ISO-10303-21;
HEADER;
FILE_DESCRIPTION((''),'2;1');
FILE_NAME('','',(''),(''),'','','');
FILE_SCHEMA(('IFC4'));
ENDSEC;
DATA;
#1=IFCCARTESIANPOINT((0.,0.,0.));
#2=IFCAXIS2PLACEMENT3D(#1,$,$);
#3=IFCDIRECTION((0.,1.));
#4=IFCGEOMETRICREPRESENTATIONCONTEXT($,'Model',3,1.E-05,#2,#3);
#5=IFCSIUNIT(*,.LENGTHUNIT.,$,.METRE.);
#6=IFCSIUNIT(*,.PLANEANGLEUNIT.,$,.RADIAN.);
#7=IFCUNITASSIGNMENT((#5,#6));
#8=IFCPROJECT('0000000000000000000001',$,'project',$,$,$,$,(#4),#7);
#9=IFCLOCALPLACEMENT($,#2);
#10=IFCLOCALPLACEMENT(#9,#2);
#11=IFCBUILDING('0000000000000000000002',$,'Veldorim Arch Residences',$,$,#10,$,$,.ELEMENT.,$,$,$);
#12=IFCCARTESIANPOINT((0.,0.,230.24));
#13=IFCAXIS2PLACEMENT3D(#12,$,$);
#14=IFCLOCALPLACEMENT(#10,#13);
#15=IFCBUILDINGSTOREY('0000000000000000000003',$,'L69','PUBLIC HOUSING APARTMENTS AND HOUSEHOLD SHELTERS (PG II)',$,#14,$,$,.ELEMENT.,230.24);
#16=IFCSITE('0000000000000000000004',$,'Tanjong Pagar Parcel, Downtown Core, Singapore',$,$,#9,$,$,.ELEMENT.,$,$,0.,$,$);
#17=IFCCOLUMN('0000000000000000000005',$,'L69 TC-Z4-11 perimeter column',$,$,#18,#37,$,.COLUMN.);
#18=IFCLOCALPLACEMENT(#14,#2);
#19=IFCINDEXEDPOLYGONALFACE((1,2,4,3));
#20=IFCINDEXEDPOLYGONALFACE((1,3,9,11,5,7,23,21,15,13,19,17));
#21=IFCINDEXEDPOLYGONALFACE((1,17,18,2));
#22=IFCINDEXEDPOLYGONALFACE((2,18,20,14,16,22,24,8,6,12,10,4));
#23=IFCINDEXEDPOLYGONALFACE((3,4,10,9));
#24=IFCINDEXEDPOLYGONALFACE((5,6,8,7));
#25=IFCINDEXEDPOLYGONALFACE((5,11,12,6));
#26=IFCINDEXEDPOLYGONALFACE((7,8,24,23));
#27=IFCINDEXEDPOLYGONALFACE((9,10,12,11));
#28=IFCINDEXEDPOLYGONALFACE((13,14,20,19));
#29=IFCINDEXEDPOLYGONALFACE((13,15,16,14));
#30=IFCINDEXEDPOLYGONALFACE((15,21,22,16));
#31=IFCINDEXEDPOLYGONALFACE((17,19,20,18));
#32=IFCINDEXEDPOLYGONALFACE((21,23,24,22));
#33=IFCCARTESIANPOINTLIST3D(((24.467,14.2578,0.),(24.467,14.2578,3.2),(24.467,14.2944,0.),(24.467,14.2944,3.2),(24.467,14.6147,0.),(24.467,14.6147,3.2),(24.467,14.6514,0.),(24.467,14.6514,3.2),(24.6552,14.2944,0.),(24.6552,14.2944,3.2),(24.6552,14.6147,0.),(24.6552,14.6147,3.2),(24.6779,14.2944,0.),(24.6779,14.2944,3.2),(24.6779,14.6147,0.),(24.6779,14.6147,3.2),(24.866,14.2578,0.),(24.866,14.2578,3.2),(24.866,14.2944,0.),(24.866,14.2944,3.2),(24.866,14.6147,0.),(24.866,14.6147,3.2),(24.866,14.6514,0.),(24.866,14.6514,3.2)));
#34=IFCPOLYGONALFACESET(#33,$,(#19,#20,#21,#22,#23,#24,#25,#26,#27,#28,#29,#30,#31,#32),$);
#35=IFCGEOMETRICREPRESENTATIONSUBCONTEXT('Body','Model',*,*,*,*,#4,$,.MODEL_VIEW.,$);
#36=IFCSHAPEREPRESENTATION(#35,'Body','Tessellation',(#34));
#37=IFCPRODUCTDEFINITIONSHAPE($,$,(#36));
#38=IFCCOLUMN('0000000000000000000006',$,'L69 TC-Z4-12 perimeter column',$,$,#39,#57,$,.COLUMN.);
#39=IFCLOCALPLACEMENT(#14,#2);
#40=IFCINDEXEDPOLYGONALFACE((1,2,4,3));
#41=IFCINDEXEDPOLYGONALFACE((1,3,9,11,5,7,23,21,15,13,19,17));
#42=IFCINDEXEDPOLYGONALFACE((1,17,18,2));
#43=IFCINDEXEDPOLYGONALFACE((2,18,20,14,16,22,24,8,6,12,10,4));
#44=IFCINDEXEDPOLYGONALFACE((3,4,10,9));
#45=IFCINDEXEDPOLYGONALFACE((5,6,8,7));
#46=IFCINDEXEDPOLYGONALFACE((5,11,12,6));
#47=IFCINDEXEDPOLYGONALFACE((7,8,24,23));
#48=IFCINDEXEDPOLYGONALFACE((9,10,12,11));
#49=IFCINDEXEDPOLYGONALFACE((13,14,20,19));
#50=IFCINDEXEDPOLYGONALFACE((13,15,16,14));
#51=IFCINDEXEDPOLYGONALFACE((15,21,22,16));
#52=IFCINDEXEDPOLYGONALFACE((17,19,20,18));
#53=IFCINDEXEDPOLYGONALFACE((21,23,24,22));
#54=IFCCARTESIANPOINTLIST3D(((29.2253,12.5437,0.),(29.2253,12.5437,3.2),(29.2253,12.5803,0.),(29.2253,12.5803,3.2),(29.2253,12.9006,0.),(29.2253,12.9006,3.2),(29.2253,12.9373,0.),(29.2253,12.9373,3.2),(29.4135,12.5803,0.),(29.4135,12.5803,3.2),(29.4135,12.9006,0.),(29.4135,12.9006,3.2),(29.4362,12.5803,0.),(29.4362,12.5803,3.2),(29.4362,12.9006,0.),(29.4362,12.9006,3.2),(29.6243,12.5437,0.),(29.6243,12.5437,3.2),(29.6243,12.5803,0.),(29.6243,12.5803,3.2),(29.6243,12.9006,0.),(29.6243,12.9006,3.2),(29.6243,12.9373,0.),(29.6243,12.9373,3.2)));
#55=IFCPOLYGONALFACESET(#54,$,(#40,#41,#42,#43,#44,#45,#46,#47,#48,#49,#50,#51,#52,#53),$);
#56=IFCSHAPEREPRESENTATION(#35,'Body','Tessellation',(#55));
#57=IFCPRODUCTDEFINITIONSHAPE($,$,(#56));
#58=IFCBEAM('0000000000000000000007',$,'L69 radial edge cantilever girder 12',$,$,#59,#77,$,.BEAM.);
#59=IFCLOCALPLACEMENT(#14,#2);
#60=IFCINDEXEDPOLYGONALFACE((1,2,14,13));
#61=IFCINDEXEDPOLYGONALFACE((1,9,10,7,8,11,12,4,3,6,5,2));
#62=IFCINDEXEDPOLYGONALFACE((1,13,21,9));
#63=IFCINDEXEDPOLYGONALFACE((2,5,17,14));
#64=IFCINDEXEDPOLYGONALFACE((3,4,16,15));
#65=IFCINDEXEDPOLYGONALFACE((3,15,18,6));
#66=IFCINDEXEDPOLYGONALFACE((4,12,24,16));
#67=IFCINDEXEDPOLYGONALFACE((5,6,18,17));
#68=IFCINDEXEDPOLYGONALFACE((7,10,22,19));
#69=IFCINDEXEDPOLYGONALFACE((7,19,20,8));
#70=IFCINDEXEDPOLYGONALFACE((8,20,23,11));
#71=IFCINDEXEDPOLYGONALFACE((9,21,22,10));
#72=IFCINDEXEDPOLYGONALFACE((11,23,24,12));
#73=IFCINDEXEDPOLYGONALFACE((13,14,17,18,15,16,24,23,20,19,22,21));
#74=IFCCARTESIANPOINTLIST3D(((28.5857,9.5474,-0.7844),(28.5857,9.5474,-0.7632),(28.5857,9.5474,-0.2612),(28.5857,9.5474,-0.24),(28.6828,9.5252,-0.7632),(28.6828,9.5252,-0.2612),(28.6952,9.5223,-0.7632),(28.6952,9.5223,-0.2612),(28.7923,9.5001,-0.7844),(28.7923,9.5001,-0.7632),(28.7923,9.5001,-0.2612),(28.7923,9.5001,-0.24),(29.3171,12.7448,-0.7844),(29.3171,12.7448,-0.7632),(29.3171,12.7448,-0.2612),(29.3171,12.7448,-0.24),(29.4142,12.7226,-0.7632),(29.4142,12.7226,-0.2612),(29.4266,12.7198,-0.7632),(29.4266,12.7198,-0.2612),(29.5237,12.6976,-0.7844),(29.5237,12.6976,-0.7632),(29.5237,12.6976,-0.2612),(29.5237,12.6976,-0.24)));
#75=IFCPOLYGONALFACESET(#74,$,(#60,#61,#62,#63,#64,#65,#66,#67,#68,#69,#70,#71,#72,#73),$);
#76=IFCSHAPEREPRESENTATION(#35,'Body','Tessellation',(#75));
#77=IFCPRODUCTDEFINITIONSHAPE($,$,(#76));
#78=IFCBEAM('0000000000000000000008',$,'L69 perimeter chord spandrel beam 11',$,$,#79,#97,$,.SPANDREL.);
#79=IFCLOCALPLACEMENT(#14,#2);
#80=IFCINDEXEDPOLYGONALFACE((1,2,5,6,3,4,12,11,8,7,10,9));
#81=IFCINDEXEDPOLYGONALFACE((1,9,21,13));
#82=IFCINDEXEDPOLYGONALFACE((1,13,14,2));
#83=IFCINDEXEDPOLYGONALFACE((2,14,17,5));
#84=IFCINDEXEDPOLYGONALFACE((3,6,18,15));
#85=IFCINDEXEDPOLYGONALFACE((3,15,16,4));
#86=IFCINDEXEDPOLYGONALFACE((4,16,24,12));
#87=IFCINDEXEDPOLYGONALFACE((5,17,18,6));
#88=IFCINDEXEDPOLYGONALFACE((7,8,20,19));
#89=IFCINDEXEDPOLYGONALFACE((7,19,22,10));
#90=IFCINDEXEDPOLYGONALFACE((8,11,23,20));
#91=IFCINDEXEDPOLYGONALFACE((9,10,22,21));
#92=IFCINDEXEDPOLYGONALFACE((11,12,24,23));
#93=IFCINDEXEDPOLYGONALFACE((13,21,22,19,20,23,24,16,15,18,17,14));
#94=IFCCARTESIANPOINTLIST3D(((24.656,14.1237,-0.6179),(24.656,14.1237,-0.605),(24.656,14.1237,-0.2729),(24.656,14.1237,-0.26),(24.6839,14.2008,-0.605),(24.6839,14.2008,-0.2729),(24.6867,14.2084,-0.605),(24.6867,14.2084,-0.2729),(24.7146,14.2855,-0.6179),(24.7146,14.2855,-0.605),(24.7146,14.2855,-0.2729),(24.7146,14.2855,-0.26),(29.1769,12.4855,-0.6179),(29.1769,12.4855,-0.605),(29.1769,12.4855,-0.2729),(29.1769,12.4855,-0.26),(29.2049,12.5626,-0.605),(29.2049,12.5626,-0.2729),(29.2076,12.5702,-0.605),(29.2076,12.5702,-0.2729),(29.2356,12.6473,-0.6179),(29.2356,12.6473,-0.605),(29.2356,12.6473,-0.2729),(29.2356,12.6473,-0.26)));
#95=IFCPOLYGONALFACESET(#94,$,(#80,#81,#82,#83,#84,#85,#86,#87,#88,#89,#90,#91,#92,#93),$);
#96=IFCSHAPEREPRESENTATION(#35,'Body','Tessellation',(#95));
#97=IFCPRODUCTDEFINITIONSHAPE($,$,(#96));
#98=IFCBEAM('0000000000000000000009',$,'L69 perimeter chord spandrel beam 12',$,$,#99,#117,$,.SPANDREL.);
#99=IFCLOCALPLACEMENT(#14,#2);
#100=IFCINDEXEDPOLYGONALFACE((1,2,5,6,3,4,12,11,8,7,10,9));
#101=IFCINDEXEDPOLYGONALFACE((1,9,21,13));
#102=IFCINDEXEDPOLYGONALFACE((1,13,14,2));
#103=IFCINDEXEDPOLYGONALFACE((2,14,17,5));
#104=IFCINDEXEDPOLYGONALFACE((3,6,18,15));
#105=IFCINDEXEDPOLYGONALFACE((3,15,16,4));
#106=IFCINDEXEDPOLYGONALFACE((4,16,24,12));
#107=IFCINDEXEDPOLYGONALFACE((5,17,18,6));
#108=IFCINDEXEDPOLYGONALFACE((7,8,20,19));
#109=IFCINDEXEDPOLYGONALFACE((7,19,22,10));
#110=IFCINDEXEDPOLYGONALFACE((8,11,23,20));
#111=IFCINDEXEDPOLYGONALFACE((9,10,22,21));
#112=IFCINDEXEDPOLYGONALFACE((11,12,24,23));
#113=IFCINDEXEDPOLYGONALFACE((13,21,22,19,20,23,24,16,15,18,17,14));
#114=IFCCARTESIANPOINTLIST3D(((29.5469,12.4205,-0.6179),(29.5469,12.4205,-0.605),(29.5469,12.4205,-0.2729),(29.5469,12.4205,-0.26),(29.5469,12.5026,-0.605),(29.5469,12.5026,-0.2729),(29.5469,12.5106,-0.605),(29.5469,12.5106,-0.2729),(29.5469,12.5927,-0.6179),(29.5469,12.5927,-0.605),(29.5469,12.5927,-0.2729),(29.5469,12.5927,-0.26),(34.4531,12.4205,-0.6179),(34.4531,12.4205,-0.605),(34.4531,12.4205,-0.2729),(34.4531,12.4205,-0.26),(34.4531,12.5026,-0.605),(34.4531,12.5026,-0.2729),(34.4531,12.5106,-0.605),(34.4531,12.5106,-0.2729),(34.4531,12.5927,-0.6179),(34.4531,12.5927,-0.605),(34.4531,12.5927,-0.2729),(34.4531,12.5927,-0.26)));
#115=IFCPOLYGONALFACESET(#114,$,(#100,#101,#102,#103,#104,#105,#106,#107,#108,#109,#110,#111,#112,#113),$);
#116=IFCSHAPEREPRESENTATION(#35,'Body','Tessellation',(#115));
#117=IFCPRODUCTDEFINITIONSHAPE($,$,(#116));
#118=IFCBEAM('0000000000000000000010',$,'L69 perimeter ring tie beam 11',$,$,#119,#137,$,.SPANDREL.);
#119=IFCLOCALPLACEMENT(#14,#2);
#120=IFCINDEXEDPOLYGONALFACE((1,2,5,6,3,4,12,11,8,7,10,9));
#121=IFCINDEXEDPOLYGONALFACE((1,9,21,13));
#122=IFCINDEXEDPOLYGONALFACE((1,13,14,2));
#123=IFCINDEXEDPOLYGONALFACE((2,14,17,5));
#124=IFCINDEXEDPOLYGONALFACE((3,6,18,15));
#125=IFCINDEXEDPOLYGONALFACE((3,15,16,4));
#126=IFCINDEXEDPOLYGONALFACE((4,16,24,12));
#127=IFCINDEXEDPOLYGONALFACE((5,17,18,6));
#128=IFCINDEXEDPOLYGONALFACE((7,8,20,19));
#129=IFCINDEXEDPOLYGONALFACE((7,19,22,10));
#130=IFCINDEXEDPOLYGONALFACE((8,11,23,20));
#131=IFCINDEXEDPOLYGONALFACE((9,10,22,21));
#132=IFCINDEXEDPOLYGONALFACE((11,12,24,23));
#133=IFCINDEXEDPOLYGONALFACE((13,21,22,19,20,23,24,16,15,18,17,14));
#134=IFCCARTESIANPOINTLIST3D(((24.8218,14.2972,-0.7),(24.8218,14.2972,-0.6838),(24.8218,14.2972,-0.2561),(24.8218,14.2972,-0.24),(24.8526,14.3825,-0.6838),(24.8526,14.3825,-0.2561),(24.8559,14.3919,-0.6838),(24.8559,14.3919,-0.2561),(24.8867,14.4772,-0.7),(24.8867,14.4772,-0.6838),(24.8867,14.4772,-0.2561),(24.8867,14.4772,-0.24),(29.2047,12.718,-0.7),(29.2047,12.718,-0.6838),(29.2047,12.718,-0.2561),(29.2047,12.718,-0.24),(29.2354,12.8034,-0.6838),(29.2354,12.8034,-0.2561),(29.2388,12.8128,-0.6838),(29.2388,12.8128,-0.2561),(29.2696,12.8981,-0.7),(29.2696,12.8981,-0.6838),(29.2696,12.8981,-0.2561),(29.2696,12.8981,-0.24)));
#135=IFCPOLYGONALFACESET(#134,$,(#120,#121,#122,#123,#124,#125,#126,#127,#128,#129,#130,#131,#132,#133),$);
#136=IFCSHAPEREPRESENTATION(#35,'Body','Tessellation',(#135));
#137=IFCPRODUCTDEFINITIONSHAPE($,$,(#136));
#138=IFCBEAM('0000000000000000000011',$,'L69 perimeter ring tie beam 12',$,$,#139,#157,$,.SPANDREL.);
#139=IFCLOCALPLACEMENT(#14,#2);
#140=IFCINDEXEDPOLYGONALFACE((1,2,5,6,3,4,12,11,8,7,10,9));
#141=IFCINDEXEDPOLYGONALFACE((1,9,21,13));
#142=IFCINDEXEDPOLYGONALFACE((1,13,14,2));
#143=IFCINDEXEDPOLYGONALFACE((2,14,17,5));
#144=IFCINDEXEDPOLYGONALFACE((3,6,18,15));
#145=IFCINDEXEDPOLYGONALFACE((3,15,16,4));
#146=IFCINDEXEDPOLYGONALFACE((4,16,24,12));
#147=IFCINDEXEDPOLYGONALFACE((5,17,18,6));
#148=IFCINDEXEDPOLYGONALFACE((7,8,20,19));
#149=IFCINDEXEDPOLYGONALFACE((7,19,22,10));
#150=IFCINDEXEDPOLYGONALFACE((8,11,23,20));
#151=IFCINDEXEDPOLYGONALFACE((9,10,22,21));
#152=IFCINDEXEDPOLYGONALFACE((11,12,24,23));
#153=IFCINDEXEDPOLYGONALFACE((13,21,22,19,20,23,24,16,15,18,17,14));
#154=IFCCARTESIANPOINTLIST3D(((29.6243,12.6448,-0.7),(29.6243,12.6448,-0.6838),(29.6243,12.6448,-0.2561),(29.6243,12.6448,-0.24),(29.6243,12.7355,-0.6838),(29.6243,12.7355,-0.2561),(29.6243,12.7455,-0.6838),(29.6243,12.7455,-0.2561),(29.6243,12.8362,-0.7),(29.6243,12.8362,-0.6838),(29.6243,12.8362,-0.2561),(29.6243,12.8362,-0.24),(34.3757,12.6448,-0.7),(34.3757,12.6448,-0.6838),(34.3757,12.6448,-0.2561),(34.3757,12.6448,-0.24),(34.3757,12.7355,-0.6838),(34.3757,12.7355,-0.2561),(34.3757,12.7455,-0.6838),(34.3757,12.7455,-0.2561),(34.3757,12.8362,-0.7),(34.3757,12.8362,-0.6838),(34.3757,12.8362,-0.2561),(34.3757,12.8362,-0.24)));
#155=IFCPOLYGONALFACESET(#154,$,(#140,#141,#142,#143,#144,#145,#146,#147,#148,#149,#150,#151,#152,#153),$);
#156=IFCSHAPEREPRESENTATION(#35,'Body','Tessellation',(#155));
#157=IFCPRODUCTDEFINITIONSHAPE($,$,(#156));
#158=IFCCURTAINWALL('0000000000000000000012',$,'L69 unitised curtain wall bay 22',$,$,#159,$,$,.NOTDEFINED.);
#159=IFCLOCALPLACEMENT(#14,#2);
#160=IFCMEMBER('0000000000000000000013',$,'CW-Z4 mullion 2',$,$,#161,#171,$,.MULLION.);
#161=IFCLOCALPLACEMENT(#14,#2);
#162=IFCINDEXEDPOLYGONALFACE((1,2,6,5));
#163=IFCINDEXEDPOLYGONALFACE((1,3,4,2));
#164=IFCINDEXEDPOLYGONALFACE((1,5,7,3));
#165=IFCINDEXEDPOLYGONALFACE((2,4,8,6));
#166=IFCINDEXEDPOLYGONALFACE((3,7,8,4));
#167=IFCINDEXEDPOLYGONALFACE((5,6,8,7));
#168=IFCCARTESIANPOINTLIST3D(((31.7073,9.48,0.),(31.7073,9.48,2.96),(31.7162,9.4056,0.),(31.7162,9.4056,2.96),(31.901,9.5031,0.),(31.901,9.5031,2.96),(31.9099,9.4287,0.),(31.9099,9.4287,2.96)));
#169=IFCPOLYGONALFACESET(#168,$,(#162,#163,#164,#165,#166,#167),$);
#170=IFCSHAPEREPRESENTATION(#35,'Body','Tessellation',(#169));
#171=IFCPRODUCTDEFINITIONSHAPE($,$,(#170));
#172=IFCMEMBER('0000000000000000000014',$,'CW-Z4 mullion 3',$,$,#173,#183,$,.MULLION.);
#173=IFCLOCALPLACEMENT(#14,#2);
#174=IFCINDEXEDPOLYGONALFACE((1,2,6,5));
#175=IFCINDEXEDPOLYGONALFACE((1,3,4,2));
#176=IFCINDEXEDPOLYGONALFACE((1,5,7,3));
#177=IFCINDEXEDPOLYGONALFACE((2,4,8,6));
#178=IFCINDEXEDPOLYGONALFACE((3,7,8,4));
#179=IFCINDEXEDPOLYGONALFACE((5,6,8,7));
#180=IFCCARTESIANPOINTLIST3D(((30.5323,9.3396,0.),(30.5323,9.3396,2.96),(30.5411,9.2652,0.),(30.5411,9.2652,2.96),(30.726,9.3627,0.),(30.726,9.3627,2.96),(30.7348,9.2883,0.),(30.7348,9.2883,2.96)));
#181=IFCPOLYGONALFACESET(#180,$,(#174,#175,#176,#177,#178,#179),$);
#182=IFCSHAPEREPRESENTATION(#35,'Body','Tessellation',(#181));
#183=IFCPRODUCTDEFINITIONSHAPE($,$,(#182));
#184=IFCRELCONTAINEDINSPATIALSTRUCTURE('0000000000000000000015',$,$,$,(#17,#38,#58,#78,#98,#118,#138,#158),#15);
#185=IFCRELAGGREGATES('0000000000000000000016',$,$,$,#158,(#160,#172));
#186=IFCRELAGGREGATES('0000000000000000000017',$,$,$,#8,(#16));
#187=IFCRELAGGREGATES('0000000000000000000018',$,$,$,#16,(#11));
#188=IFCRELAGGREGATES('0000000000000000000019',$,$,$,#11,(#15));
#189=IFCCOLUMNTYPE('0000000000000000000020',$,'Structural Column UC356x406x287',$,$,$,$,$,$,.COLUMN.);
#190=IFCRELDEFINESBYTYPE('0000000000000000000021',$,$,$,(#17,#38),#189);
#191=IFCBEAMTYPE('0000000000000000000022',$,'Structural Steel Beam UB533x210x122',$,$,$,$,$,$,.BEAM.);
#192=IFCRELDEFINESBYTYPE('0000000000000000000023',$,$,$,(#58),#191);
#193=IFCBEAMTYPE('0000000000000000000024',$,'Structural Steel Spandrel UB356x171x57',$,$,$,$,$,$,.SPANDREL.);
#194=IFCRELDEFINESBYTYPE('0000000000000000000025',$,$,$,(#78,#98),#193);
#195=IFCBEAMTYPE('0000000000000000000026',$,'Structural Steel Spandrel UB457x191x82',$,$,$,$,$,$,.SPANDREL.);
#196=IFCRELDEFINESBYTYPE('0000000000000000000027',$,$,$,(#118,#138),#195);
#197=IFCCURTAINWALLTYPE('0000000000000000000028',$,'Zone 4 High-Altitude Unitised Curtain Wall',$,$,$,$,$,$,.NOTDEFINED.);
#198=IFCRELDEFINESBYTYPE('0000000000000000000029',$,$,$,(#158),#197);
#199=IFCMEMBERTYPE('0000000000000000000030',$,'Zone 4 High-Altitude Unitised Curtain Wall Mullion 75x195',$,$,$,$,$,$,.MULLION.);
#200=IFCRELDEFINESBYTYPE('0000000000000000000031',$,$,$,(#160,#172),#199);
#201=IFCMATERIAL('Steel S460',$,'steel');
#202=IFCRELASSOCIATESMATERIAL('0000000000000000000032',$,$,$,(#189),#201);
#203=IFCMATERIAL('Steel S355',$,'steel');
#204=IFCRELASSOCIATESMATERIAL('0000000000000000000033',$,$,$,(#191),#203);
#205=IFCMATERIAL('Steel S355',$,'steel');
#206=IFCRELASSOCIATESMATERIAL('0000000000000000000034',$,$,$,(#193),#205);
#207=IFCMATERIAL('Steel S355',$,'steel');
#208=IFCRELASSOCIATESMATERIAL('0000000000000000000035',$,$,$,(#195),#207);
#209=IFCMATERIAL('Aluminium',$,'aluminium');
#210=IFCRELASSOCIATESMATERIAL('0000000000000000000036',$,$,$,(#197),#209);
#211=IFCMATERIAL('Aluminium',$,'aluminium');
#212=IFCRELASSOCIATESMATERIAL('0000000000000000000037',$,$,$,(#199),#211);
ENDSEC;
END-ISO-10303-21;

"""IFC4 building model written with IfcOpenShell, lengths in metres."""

from ifc_helpers import new_model, si_unit, direction, frame, origin, origin_2d, place, context, subcontext, project, spatial, rectangle, i_section, extrude, material, material_profile, profile_set, type_object, element, aggregate, save


model = new_model("IFC4")

# Units and contexts
model_context = context("Model", 3, precision=1e-05, world=origin(), true_north=direction((0.0, 1.0)))
body_context = subcontext(model_context, "Body", "Model", "MODEL_VIEW")
ifc_project = project(units=[si_unit("LENGTHUNIT", "METRE"), si_unit("PLANEANGLEUNIT", "RADIAN")], contexts=[model_context])

# Site, building, storey
site_placement = place(None, origin())
site = spatial("IfcSite", under=ifc_project, at=site_placement, Name="Tanjong Pagar Parcel, Downtown Core, Singapore", CompositionType="ELEMENT", RefElevation=0.0)
building_placement = place(site_placement, origin())
building = spatial("IfcBuilding", under=site, at=building_placement, Name="Veldorim Arch Residences", CompositionType="ELEMENT")
storey_placement = place(building_placement, frame((0.0, 0.0, 230.24)))
storey = spatial("IfcBuildingStorey", under=building, at=storey_placement, Name="L69", Description="PUBLIC HOUSING APARTMENTS AND HOUSEHOLD SHELTERS (PG II)", CompositionType="ELEMENT", Elevation=230.24)

# Columns
ifc_material_1 = material(Name="Steel S460", Category="steel")
ifc_material_profile_1 = material_profile(ifc_material_1, i_section(OverallWidth=0.3989, OverallDepth=0.3936, WebThickness=0.0227, FlangeThickness=0.0366, at=origin_2d()), Name="UC356x406x287")
ifc_profile_set_1 = profile_set([ifc_material_profile_1], Name="Steel S460")
column_type = type_object("IfcColumnType", Name="Structural Column UC356x406x287", PredefinedType="COLUMN", material=ifc_profile_set_1)
for number, where, z_axis, x_axis, name in (
    (1, (24.6665, 14.4546, 0.0), (0.0, 0.0, 1.0), (1.0, 0.0, 0.0), "L69 TC-Z4-11 perimeter column"),
    (2, (29.4248, 12.7405, 0.0), (0.0, 0.0, 1.0), (1.0, 0.0, 0.0), "L69 TC-Z4-12 perimeter column"),
):
    element("IfcColumn", number, at=place(storey_placement, frame(where, z_axis=z_axis, x_axis=x_axis)), inside=storey, type_object=column_type, Name=name, PredefinedType="COLUMN", context=body_context, shape_type="SweptSolid", body=[
        extrude(i_section(OverallWidth=0.3989, OverallDepth=0.3936, WebThickness=0.0227, FlangeThickness=0.0366, at=origin_2d()), origin(), (0.0, 0.0, 1.0), 3.2),
    ])

# Beams
ifc_material_2 = material(Name="Steel S355", Category="steel")
ifc_material_profile_2 = material_profile(ifc_material_2, i_section(OverallWidth=0.2119, OverallDepth=0.5444, WebThickness=0.0127, FlangeThickness=0.0212, at=origin_2d()), Name="UB533x210x122")
ifc_profile_set_2 = profile_set([ifc_material_profile_2], Name="Steel S355")
beam_type_1 = type_object("IfcBeamType", Name="Structural Steel Beam UB533x210x122", PredefinedType="BEAM", material=ifc_profile_set_2)
beam_1_placement = place(storey_placement, frame((29.4204, 12.7212, -0.5122), z_axis=(-0.222995, -0.97482, 0.0), x_axis=(0.97482, -0.222995, 0.0)))
element("IfcBeam", 3, at=beam_1_placement, inside=storey, type_object=beam_type_1, Name="L69 radial edge cantilever girder 12", PredefinedType="BEAM", context=body_context, shape_type="SweptSolid", body=[
    extrude(i_section(OverallWidth=0.2119, OverallDepth=0.5444, WebThickness=0.0127, FlangeThickness=0.0212, at=origin_2d()), origin(), (0.0, 0.0, 1.0), 3.28),
])
ifc_material_3 = material(Name="Steel S355", Category="steel")
ifc_material_profile_3 = material_profile(ifc_material_3, i_section(OverallWidth=0.1721, OverallDepth=0.3579, WebThickness=0.0081, FlangeThickness=0.0129, at=origin_2d()), Name="UB356x171x57")
ifc_profile_set_3 = profile_set([ifc_material_profile_3], Name="Steel S355")
beam_type_2 = type_object("IfcBeamType", Name="Structural Steel Spandrel UB356x171x57", PredefinedType="SPANDREL", material=ifc_profile_set_3)
beam_2_placement = place(storey_placement, frame((24.6853, 14.2046, -0.439), z_axis=(0.940181, -0.340675, 0.0), x_axis=(0.340675, 0.940181, 0.0)))
element("IfcBeam", 4, at=beam_2_placement, inside=storey, type_object=beam_type_2, Name="L69 perimeter chord spandrel beam 11", PredefinedType="SPANDREL", context=body_context, shape_type="SweptSolid", body=[
    extrude(i_section(OverallWidth=0.1721, OverallDepth=0.3579, WebThickness=0.0081, FlangeThickness=0.0129, at=origin_2d()), origin(), (0.0, 0.0, 1.0), 4.8086),
])
beam_3_placement = place(storey_placement, frame((29.5469, 12.5066, -0.439), z_axis=(1.0, 0.0, 0.0), x_axis=(0.0, 1.0, 0.0)))
element("IfcBeam", 5, at=beam_3_placement, inside=storey, type_object=beam_type_2, Name="L69 perimeter chord spandrel beam 12", PredefinedType="SPANDREL", context=body_context, shape_type="SweptSolid", body=[
    extrude(i_section(OverallWidth=0.1721, OverallDepth=0.3579, WebThickness=0.0081, FlangeThickness=0.0129, at=origin_2d()), origin(), (0.0, 0.0, 1.0), 4.9062),
])
ifc_material_4 = material(Name="Steel S355", Category="steel")
ifc_material_profile_4 = material_profile(ifc_material_4, i_section(OverallWidth=0.1914, OverallDepth=0.46, WebThickness=0.01, FlangeThickness=0.0161, at=origin_2d()), Name="UB457x191x82")
ifc_profile_set_4 = profile_set([ifc_material_profile_4], Name="Steel S355")
beam_type_3 = type_object("IfcBeamType", Name="Structural Steel Spandrel UB457x191x82", PredefinedType="SPANDREL", material=ifc_profile_set_4)
beam_4_placement = place(storey_placement, frame((24.8542, 14.3872, -0.47), z_axis=(0.940799, -0.338964, 0.0), x_axis=(0.338964, 0.940799, 0.0)))
element("IfcBeam", 6, at=beam_4_placement, inside=storey, type_object=beam_type_3, Name="L69 perimeter ring tie beam 11", PredefinedType="SPANDREL", context=body_context, shape_type="SweptSolid", body=[
    extrude(i_section(OverallWidth=0.1914, OverallDepth=0.46, WebThickness=0.01, FlangeThickness=0.0161, at=origin_2d()), origin(), (0.0, 0.0, 1.0), 4.6587),
])
beam_5_placement = place(storey_placement, frame((29.6243, 12.7405, -0.47), z_axis=(1.0, 0.0, 0.0), x_axis=(0.0, 1.0, 0.0)))
element("IfcBeam", 7, at=beam_5_placement, inside=storey, type_object=beam_type_3, Name="L69 perimeter ring tie beam 12", PredefinedType="SPANDREL", context=body_context, shape_type="SweptSolid", body=[
    extrude(i_section(OverallWidth=0.1914, OverallDepth=0.46, WebThickness=0.01, FlangeThickness=0.0161, at=origin_2d()), origin(), (0.0, 0.0, 1.0), 4.7515),
])

# Curtain wall, members
ifc_material_5 = material(Name="Aluminium", Category="aluminium")
curtain_wall_type = type_object("IfcCurtainWallType", Name="Zone 4 High-Altitude Unitised Curtain Wall", PredefinedType="NOTDEFINED", material=ifc_material_5)
curtain_wall_placement = place(storey_placement, origin())
curtain_wall = element("IfcCurtainWall", 8, at=curtain_wall_placement, inside=storey, type_object=curtain_wall_type, Name="L69 unitised curtain wall bay 22", PredefinedType="NOTDEFINED")
ifc_material_6 = material(Name="Aluminium", Category="aluminium")
ifc_material_profile_5 = material_profile(ifc_material_6, rectangle(XDim=0.075, YDim=0.1951, at=origin_2d()), Name="ALU_MUL_75x195")
ifc_profile_set_5 = profile_set([ifc_material_profile_5], Name="Aluminium")
member_type_1 = type_object("IfcMemberType", Name="Zone 4 High-Altitude Unitised Curtain Wall Mullion 75x195", PredefinedType="MULLION", material=ifc_profile_set_5)
member_1_placement = place(storey_placement, frame((31.8086, 9.4543, 0.0), z_axis=(0.0, 0.0, 1.0), x_axis=(0.118509, -0.992953, 0.0)))
member_1 = element("IfcMember", 9, at=member_1_placement, type_object=member_type_1, Name="CW-Z4 mullion 2", PredefinedType="MULLION", context=body_context, shape_type="SweptSolid", body=[
    extrude(rectangle(XDim=0.075, YDim=0.1951, at=origin_2d()), origin(), (0.0, 0.0, 1.0), 2.96),
])
member_2_placement = place(storey_placement, frame((30.6335, 9.314, 0.0), z_axis=(0.0, 0.0, 1.0), x_axis=(0.118509, -0.992953, 0.0)))
member_2 = element("IfcMember", 10, at=member_2_placement, type_object=member_type_1, Name="CW-Z4 mullion 3", PredefinedType="MULLION", context=body_context, shape_type="SweptSolid", body=[
    extrude(rectangle(XDim=0.075, YDim=0.1951, at=origin_2d()), origin(), (0.0, 0.0, 1.0), 2.96),
])
aggregate(curtain_wall, [member_1, member_2])

save(model, "model.ifc")
